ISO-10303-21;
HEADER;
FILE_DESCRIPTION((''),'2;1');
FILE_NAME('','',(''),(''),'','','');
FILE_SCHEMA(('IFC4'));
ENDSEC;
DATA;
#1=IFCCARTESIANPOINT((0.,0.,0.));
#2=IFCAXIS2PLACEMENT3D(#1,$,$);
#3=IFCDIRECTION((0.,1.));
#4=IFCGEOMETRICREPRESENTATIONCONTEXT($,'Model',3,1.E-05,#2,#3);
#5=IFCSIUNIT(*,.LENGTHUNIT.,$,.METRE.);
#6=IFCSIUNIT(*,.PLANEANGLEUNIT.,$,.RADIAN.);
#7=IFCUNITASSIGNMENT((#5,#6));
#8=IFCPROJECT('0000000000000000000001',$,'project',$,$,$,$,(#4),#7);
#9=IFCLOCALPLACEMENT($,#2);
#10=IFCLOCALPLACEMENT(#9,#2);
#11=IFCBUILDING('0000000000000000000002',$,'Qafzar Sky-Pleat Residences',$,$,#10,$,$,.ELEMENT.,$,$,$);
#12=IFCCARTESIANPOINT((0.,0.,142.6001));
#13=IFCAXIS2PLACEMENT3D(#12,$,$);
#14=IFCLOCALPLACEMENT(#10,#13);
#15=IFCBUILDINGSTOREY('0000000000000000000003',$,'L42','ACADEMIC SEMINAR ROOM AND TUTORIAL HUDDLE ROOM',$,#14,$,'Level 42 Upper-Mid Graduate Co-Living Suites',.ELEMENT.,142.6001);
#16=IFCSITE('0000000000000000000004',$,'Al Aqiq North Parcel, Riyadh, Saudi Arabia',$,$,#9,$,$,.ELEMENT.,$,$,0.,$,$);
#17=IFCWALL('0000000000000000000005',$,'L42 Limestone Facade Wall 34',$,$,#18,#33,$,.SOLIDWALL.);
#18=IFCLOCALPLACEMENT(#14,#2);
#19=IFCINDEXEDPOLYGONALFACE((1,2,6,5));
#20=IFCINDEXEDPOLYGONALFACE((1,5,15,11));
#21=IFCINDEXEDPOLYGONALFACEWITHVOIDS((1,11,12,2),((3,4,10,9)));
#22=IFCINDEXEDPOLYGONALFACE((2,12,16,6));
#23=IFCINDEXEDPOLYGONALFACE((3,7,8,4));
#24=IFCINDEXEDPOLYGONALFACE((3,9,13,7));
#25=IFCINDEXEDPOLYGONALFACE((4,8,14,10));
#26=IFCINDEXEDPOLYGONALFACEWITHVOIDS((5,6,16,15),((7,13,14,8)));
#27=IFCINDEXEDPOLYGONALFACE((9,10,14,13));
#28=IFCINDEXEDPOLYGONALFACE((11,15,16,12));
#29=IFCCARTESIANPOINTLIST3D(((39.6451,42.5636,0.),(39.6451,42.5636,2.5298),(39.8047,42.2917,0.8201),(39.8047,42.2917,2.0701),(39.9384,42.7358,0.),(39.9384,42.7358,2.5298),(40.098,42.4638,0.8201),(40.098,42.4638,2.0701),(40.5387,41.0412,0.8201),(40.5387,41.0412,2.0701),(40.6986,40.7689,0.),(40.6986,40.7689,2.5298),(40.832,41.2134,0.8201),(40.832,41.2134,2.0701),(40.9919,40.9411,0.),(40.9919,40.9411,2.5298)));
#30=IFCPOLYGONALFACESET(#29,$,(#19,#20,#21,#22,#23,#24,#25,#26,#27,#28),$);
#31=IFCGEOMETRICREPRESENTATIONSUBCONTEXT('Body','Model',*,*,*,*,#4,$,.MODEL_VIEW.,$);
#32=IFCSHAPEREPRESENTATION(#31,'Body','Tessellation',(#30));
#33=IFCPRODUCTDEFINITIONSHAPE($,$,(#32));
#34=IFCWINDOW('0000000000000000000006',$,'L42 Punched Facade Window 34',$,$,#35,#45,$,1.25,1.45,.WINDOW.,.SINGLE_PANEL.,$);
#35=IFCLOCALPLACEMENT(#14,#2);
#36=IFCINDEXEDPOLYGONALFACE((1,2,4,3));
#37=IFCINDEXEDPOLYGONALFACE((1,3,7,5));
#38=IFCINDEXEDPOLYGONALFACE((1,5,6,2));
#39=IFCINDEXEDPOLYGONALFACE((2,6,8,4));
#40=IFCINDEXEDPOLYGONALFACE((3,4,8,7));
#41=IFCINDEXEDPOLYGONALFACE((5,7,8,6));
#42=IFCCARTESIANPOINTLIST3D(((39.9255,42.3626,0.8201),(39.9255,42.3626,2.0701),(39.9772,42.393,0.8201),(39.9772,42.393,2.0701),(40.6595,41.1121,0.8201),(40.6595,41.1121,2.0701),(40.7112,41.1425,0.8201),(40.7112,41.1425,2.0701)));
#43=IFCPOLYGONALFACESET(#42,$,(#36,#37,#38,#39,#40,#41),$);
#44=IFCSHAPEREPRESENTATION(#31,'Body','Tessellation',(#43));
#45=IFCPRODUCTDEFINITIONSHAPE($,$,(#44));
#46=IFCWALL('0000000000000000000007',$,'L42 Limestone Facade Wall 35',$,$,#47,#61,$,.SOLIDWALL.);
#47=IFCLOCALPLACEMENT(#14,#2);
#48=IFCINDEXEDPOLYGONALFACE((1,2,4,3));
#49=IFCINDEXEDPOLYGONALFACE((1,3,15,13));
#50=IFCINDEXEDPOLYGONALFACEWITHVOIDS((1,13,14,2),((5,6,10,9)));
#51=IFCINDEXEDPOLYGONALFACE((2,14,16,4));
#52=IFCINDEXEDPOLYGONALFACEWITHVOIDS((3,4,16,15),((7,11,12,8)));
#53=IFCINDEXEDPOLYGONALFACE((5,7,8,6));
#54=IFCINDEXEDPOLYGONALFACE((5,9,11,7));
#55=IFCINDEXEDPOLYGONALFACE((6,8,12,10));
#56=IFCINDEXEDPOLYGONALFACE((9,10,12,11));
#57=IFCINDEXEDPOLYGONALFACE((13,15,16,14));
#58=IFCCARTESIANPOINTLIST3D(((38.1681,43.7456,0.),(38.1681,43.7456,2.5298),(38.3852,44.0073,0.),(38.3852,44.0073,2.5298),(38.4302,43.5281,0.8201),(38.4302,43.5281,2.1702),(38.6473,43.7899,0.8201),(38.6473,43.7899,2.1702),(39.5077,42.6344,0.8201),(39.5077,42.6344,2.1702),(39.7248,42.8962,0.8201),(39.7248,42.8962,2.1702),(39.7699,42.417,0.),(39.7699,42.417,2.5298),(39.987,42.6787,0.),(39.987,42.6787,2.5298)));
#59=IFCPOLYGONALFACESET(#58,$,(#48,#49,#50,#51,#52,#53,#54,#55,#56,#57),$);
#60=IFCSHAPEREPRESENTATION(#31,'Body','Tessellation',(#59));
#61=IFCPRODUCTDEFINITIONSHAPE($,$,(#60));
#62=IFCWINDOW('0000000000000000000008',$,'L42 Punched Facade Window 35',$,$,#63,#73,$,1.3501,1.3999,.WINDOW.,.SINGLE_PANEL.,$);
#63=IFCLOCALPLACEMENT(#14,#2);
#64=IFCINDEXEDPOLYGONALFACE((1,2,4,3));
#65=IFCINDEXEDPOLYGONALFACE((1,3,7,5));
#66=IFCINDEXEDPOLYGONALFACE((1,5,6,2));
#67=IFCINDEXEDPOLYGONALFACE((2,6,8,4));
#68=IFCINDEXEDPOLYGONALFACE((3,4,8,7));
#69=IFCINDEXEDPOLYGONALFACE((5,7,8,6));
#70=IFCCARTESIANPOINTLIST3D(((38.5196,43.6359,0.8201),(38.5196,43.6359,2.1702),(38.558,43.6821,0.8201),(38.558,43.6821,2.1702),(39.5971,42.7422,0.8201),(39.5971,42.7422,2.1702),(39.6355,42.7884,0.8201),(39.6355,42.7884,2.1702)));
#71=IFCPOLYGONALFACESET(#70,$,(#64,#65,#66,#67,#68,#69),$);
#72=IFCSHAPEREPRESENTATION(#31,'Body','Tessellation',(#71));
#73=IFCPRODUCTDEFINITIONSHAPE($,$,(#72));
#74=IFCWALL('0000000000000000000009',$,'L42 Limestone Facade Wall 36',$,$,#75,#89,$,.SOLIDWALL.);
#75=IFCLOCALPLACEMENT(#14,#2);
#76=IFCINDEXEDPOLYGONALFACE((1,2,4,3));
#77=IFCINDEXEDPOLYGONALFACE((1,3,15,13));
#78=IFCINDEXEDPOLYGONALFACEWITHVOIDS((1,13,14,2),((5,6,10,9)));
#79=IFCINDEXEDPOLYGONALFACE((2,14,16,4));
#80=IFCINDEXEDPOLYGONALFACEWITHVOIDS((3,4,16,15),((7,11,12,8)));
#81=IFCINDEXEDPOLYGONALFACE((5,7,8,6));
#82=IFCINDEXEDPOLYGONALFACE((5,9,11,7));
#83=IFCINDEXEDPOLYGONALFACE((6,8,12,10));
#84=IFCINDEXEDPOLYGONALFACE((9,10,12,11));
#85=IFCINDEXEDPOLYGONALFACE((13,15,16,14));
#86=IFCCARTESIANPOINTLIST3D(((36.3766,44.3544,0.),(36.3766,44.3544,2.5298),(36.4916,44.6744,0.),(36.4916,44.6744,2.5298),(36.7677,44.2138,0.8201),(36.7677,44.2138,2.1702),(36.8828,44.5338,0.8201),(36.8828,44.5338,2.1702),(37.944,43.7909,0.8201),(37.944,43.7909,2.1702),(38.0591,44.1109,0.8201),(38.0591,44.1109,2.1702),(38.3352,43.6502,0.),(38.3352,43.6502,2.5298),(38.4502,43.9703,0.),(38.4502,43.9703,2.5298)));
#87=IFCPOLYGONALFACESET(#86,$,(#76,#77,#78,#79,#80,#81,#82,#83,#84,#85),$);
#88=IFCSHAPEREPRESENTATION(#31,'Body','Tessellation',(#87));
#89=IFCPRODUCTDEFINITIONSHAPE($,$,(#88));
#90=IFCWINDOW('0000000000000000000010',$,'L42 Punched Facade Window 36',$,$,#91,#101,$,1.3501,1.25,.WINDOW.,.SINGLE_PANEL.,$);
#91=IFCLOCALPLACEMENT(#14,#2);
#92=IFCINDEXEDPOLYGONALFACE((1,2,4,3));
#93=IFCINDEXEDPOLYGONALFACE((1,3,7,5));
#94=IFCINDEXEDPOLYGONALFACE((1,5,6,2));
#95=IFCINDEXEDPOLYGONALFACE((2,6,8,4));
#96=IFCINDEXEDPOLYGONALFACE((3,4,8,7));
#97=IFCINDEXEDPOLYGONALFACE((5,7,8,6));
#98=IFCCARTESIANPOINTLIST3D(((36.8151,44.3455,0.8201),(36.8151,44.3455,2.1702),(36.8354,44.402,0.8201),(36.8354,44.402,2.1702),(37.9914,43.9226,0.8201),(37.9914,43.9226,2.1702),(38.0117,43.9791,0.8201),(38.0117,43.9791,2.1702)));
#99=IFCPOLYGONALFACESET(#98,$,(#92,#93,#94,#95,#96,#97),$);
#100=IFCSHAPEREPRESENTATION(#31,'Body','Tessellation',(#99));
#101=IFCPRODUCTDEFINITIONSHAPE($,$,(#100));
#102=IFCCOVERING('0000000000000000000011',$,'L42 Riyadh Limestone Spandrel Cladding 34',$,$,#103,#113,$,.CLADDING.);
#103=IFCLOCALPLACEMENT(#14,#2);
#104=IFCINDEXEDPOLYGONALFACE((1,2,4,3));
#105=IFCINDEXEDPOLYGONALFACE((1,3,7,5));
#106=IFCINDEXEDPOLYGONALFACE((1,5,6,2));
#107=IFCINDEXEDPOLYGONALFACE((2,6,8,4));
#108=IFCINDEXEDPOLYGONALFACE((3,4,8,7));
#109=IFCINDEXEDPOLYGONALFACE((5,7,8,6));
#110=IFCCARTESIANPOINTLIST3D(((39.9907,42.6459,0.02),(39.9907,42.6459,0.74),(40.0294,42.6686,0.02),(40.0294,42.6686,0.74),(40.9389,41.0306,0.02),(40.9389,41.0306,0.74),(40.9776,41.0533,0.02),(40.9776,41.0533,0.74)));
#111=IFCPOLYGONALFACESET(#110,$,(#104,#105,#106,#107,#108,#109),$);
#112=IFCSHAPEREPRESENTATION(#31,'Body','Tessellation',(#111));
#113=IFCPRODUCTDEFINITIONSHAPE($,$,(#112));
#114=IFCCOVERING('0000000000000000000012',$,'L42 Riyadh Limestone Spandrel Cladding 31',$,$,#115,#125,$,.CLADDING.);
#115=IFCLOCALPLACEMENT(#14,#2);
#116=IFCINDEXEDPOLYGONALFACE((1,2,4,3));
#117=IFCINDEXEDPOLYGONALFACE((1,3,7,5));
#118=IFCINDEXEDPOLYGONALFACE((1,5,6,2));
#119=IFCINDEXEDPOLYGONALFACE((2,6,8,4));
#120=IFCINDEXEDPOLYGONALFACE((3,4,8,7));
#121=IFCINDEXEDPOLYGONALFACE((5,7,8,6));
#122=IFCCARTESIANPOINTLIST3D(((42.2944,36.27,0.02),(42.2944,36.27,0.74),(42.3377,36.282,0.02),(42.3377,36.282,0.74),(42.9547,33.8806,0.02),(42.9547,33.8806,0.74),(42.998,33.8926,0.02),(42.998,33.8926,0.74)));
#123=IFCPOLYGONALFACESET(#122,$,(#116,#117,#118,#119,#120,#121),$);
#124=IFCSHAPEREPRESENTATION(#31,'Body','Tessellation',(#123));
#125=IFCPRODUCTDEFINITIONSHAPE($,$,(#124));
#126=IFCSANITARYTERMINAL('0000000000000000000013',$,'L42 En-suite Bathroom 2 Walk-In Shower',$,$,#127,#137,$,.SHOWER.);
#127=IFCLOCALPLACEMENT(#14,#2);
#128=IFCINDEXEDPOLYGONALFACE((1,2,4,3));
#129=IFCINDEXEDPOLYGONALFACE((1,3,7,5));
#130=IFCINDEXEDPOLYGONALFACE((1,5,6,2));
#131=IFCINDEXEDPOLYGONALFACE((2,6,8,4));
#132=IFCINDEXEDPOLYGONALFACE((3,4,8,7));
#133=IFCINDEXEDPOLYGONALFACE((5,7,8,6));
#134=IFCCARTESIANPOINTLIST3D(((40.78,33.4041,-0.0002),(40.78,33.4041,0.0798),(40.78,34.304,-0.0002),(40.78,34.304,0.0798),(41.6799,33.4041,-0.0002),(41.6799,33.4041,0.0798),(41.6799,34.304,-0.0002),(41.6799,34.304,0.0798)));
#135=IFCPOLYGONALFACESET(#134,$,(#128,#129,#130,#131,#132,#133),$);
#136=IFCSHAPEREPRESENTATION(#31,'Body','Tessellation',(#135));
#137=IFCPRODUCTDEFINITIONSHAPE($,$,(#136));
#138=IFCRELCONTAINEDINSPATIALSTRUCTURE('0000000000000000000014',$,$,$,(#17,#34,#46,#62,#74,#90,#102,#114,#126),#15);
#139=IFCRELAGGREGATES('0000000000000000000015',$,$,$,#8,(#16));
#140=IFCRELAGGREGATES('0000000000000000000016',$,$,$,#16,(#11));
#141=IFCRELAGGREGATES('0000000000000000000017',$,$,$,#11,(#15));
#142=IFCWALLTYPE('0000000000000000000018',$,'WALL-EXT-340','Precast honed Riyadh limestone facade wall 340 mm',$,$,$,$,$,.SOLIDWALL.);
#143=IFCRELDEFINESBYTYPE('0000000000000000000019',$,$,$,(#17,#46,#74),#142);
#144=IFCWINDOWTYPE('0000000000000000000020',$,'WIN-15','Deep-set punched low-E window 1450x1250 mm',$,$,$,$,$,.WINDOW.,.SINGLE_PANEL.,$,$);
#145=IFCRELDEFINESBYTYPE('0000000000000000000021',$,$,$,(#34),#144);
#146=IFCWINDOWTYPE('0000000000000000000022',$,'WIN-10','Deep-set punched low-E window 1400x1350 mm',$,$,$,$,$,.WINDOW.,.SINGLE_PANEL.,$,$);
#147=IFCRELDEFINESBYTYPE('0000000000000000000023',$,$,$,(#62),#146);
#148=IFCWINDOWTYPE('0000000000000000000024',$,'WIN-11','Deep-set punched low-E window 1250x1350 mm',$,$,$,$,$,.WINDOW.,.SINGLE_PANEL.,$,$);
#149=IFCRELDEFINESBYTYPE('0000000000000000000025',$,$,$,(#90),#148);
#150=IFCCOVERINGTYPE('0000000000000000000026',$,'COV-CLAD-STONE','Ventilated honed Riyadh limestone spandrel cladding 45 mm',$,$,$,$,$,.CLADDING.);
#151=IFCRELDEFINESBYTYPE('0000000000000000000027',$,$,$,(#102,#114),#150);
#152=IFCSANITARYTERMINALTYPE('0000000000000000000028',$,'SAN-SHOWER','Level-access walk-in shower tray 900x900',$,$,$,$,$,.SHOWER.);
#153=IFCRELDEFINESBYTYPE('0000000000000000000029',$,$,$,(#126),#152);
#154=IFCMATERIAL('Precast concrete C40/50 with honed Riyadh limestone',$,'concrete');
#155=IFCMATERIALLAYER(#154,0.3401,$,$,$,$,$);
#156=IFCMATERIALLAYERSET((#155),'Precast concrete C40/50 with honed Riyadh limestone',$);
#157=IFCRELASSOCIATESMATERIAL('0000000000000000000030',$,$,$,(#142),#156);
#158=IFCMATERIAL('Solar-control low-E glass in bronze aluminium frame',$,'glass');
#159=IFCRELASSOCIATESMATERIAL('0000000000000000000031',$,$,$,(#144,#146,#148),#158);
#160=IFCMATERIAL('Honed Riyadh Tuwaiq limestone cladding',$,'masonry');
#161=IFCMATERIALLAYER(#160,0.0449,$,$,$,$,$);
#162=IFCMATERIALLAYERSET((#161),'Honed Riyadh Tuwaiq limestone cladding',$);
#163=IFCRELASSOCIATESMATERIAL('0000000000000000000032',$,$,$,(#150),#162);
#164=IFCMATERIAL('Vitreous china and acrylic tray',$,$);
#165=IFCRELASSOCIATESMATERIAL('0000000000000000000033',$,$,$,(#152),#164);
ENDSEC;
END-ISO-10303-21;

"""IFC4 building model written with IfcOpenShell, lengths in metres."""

from ifc_helpers import new_model, si_unit, direction, frame, frame_2d, origin, origin_2d, place, context, subcontext, project, spatial, rectangle, extrude, source, transform, mapped, material, layer, layer_set, type_object, element, fill, save


model = new_model("IFC4")

# Units and contexts
model_context = context("Model", 3, precision=1e-05, world=origin(), true_north=direction((0.0, 1.0)))
body_context = subcontext(model_context, "Body", "Model", "MODEL_VIEW")
ifc_project = project(units=[si_unit("LENGTHUNIT", "METRE"), si_unit("PLANEANGLEUNIT", "RADIAN")], contexts=[model_context])

# Site, building, storey
site_placement = place(None, origin())
site = spatial("IfcSite", under=ifc_project, at=site_placement, Name="Al Aqiq North Parcel, Riyadh, Saudi Arabia", CompositionType="ELEMENT", RefElevation=0.0)
building_placement = place(site_placement, origin())
building = spatial("IfcBuilding", under=site, at=building_placement, Name="Qafzar Sky-Pleat Residences", CompositionType="ELEMENT")
storey_placement = place(building_placement, frame((0.0, 0.0, 142.6001)))
storey = spatial("IfcBuildingStorey", under=building, at=storey_placement, Name="L42", Description="ACADEMIC SEMINAR ROOM AND TUTORIAL HUDDLE ROOM", LongName="Level 42 Upper-Mid Graduate Co-Living Suites", CompositionType="ELEMENT", Elevation=142.6001)

# Walls, openings, windows
ifc_material_1 = material(Name="Precast concrete C40/50 with honed Riyadh limestone", Category="concrete")
ifc_layer_1 = layer(ifc_material_1, 0.3401)
ifc_layer_set_1 = layer_set([ifc_layer_1], Name="Precast concrete C40/50 with honed Riyadh limestone")
wall_type_1 = type_object("IfcWallType", Name="WALL-EXT-340", Description="Precast honed Riyadh limestone facade wall 340 mm", PredefinedType="SOLIDWALL", material=ifc_layer_set_1)
ifc_material_2 = material(Name="Solar-control low-E glass in bronze aluminium frame", Category="glass")
window_type_1 = type_object("IfcWindowType", Name="WIN-15", Description="Deep-set punched low-E window 1450x1250 mm", PartitioningType="SINGLE_PANEL", PredefinedType="WINDOW", material=ifc_material_2)
shared_shape_1 = source(origin(), body_context, "Body", "SweptSolid", [
    extrude(rectangle(XDim=1.45, YDim=1.25, at=frame_2d((0.7251, 0.625))), frame((0.0, 0.03, 0.0), z_axis=(0.0, -1.0, 0.0), x_axis=(1.0, 0.0, 0.0)), (0.0, 0.0, 1.0), 0.0601),
])
wall_1_placement = place(storey_placement, frame((40.8452, 40.855, 0.0), z_axis=(0.0, 0.0, 1.0), x_axis=(-0.506225, 0.862401, 0.0)))
wall_1 = element("IfcWall", 1, at=wall_1_placement, inside=storey, type_object=wall_type_1, Name="L42 Limestone Facade Wall 34", PredefinedType="SOLIDWALL", context=body_context, shape_type="SweptSolid", body=[
    extrude(rectangle(XDim=2.0811, YDim=0.3401, at=frame_2d((1.0405, 0.0))), origin(), (0.0, 0.0, 1.0), 2.5298),
])
opening_1_placement = place(wall_1_placement, frame((0.3157, 0.0, 0.8201)))
opening_1 = element("IfcOpeningElement", 2, at=opening_1_placement, cuts=wall_1, PredefinedType="OPENING", context=body_context, shape_type="SweptSolid", body=[
    extrude(rectangle(XDim=1.45, YDim=1.25, at=frame_2d((0.7251, 0.625))), frame((0.0, 0.1802, 0.0), z_axis=(0.0, -1.0, 0.0), x_axis=(1.0, 0.0, 0.0)), (0.0, 0.0, 1.0), 0.3601),
])
window_1_placement = place(opening_1_placement, origin())
window_1 = element("IfcWindow", 3, at=window_1_placement, inside=storey, type_object=window_type_1, Name="L42 Punched Facade Window 34", OverallHeight=1.25, OverallWidth=1.45, PartitioningType="SINGLE_PANEL", PredefinedType="WINDOW", context=body_context, shape_type="MappedRepresentation", body=[
    mapped(shared_shape_1, transform((0.0, 0.0, 0.0), x_axis=(1.0, 0.0, 0.0), y_axis=(0.0, 1.0, 0.0), z_axis=(0.0, 0.0, 1.0), scale=1.0)),
])
fill(opening_1, window_1)
wall_2_placement = place(storey_placement, frame((39.8784, 42.5479, 0.0), z_axis=(0.0, 0.0, 1.0), x_axis=(-0.76969, 0.638417, 0.0)))
wall_2 = element("IfcWall", 4, at=wall_2_placement, inside=storey, type_object=wall_type_1, Name="L42 Limestone Facade Wall 35", PredefinedType="SOLIDWALL", context=body_context, shape_type="SweptSolid", body=[
    extrude(rectangle(XDim=2.0811, YDim=0.3401, at=frame_2d((1.0405, 0.0))), origin(), (0.0, 0.0, 1.0), 2.5298),
])
opening_2_placement = place(wall_2_placement, frame((0.3406, 0.0, 0.8201)))
opening_2 = element("IfcOpeningElement", 5, at=opening_2_placement, cuts=wall_2, PredefinedType="OPENING", context=body_context, shape_type="SweptSolid", body=[
    extrude(rectangle(XDim=1.3999, YDim=1.3501, at=frame_2d((0.7, 0.675))), frame((0.0, 0.1802, 0.0), z_axis=(0.0, -1.0, 0.0), x_axis=(1.0, 0.0, 0.0)), (0.0, 0.0, 1.0), 0.3601),
])
window_type_2 = type_object("IfcWindowType", Name="WIN-10", Description="Deep-set punched low-E window 1400x1350 mm", PartitioningType="SINGLE_PANEL", PredefinedType="WINDOW", material=ifc_material_2)
shared_shape_2 = source(origin(), body_context, "Body", "SweptSolid", [
    extrude(rectangle(XDim=1.3999, YDim=1.3501, at=frame_2d((0.7, 0.675))), frame((0.0, 0.03, 0.0), z_axis=(0.0, -1.0, 0.0), x_axis=(1.0, 0.0, 0.0)), (0.0, 0.0, 1.0), 0.0601),
])
window_2_placement = place(opening_2_placement, origin())
window_2 = element("IfcWindow", 6, at=window_2_placement, inside=storey, type_object=window_type_2, Name="L42 Punched Facade Window 35", OverallHeight=1.3501, OverallWidth=1.3999, PartitioningType="SINGLE_PANEL", PredefinedType="WINDOW", context=body_context, shape_type="MappedRepresentation", body=[
    mapped(shared_shape_2, transform((0.0, 0.0, 0.0), x_axis=(1.0, 0.0, 0.0), y_axis=(0.0, 1.0, 0.0), z_axis=(0.0, 0.0, 1.0), scale=1.0)),
])
fill(opening_2, window_2)
wall_3_placement = place(storey_placement, frame((38.3926, 43.8103, 0.0), z_axis=(0.0, 0.0, 1.0), x_axis=(-0.941034, 0.338312, 0.0)))
wall_3 = element("IfcWall", 7, at=wall_3_placement, inside=storey, type_object=wall_type_1, Name="L42 Limestone Facade Wall 36", PredefinedType="SOLIDWALL", context=body_context, shape_type="SweptSolid", body=[
    extrude(rectangle(XDim=2.0813, YDim=0.3401, at=frame_2d((1.0405, 0.0))), origin(), (0.0, 0.0, 1.0), 2.5298),
])
opening_3_placement = place(wall_3_placement, frame((0.4155, 0.0, 0.8201)))
opening_3 = element("IfcOpeningElement", 8, at=opening_3_placement, cuts=wall_3, PredefinedType="OPENING", context=body_context, shape_type="SweptSolid", body=[
    extrude(rectangle(XDim=1.25, YDim=1.3501, at=frame_2d((0.625, 0.675))), frame((0.0, 0.1802, 0.0), z_axis=(0.0, -1.0, 0.0), x_axis=(1.0, 0.0, 0.0)), (0.0, 0.0, 1.0), 0.3601),
])
window_type_3 = type_object("IfcWindowType", Name="WIN-11", Description="Deep-set punched low-E window 1250x1350 mm", PartitioningType="SINGLE_PANEL", PredefinedType="WINDOW", material=ifc_material_2)
shared_shape_3 = source(origin(), body_context, "Body", "SweptSolid", [
    extrude(rectangle(XDim=1.25, YDim=1.3501, at=frame_2d((0.625, 0.675))), frame((0.0, 0.03, 0.0), z_axis=(0.0, -1.0, 0.0), x_axis=(1.0, 0.0, 0.0)), (0.0, 0.0, 1.0), 0.0601),
])
window_3_placement = place(opening_3_placement, origin())
window_3 = element("IfcWindow", 9, at=window_3_placement, inside=storey, type_object=window_type_3, Name="L42 Punched Facade Window 36", OverallHeight=1.3501, OverallWidth=1.25, PartitioningType="SINGLE_PANEL", PredefinedType="WINDOW", context=body_context, shape_type="MappedRepresentation", body=[
    mapped(shared_shape_3, transform((0.0, 0.0, 0.0), x_axis=(1.0, 0.0, 0.0), y_axis=(0.0, 1.0, 0.0), z_axis=(0.0, 0.0, 1.0), scale=1.0)),
])
fill(opening_3, window_3)

# Coverings
ifc_material_3 = material(Name="Honed Riyadh Tuwaiq limestone cladding", Category="masonry")
ifc_layer_2 = layer(ifc_material_3, 0.0449)
ifc_layer_set_2 = layer_set([ifc_layer_2], Name="Honed Riyadh Tuwaiq limestone cladding")
covering_type = type_object("IfcCoveringType", Name="COV-CLAD-STONE", Description="Ventilated honed Riyadh limestone spandrel cladding 45 mm", PredefinedType="CLADDING", material=ifc_layer_set_2)
shared_shape_4 = source(origin(), body_context, "Body", "SweptSolid", [
    extrude(rectangle(XDim=1.873, YDim=0.0449, at=origin_2d()), origin(), (0.0, 0.0, 1.0), 0.72),
])
covering_1_placement = place(storey_placement, frame((40.4841, 41.8496, 0.02), z_axis=(0.0, 0.0, 1.0), x_axis=(-0.506232, 0.862397, 0.0)))
element("IfcCovering", 10, at=covering_1_placement, inside=storey, type_object=covering_type, Name="L42 Riyadh Limestone Spandrel Cladding 34", PredefinedType="CLADDING", context=body_context, shape_type="MappedRepresentation", body=[
    mapped(shared_shape_4, transform((0.0, 0.0, 0.0), x_axis=(1.0, 0.0, 0.0), y_axis=(0.0, 1.0, 0.0), z_axis=(0.0, 0.0, 1.0), scale=1.0)),
])
shared_shape_5 = source(origin(), body_context, "Body", "SweptSolid", [
    extrude(rectangle(XDim=2.479, YDim=0.0449, at=origin_2d()), origin(), (0.0, 0.0, 1.0), 0.72),
])
covering_2_placement = place(storey_placement, frame((42.6462, 35.0813, 0.02), z_axis=(0.0, 0.0, 1.0), x_axis=(-0.266363, 0.963873, 0.0)))
element("IfcCovering", 11, at=covering_2_placement, inside=storey, type_object=covering_type, Name="L42 Riyadh Limestone Spandrel Cladding 31", PredefinedType="CLADDING", context=body_context, shape_type="MappedRepresentation", body=[
    mapped(shared_shape_5, transform((0.0, 0.0, 0.0), x_axis=(1.0, 0.0, 0.0), y_axis=(0.0, 1.0, 0.0), z_axis=(0.0, 0.0, 1.0), scale=1.0)),
])

# Sanitary terminal
ifc_material_4 = material(Name="Vitreous china and acrylic tray")
sanitary_terminal_type = type_object("IfcSanitaryTerminalType", Name="SAN-SHOWER", Description="Level-access walk-in shower tray 900x900", PredefinedType="SHOWER", material=ifc_material_4)
shared_shape_6 = source(origin(), body_context, "Body", "SweptSolid", [
    extrude(rectangle(XDim=0.8999, YDim=0.8999, at=origin_2d()), origin(), (0.0, 0.0, 1.0), 0.0801),
])
sanitary_terminal_placement = place(storey_placement, frame((41.23, 33.854, -0.0002), z_axis=(0.0, 0.0, 1.0), x_axis=(1.0, 0.0, 0.0)))
element("IfcSanitaryTerminal", 12, at=sanitary_terminal_placement, inside=storey, type_object=sanitary_terminal_type, Name="L42 En-suite Bathroom 2 Walk-In Shower", PredefinedType="SHOWER", context=body_context, shape_type="MappedRepresentation", body=[
    mapped(shared_shape_6, transform((0.0, 0.0, 0.0), x_axis=(1.0, 0.0, 0.0), y_axis=(0.0, 1.0, 0.0), z_axis=(0.0, 0.0, 1.0), scale=1.0)),
])

save(model, "model.ifc")
